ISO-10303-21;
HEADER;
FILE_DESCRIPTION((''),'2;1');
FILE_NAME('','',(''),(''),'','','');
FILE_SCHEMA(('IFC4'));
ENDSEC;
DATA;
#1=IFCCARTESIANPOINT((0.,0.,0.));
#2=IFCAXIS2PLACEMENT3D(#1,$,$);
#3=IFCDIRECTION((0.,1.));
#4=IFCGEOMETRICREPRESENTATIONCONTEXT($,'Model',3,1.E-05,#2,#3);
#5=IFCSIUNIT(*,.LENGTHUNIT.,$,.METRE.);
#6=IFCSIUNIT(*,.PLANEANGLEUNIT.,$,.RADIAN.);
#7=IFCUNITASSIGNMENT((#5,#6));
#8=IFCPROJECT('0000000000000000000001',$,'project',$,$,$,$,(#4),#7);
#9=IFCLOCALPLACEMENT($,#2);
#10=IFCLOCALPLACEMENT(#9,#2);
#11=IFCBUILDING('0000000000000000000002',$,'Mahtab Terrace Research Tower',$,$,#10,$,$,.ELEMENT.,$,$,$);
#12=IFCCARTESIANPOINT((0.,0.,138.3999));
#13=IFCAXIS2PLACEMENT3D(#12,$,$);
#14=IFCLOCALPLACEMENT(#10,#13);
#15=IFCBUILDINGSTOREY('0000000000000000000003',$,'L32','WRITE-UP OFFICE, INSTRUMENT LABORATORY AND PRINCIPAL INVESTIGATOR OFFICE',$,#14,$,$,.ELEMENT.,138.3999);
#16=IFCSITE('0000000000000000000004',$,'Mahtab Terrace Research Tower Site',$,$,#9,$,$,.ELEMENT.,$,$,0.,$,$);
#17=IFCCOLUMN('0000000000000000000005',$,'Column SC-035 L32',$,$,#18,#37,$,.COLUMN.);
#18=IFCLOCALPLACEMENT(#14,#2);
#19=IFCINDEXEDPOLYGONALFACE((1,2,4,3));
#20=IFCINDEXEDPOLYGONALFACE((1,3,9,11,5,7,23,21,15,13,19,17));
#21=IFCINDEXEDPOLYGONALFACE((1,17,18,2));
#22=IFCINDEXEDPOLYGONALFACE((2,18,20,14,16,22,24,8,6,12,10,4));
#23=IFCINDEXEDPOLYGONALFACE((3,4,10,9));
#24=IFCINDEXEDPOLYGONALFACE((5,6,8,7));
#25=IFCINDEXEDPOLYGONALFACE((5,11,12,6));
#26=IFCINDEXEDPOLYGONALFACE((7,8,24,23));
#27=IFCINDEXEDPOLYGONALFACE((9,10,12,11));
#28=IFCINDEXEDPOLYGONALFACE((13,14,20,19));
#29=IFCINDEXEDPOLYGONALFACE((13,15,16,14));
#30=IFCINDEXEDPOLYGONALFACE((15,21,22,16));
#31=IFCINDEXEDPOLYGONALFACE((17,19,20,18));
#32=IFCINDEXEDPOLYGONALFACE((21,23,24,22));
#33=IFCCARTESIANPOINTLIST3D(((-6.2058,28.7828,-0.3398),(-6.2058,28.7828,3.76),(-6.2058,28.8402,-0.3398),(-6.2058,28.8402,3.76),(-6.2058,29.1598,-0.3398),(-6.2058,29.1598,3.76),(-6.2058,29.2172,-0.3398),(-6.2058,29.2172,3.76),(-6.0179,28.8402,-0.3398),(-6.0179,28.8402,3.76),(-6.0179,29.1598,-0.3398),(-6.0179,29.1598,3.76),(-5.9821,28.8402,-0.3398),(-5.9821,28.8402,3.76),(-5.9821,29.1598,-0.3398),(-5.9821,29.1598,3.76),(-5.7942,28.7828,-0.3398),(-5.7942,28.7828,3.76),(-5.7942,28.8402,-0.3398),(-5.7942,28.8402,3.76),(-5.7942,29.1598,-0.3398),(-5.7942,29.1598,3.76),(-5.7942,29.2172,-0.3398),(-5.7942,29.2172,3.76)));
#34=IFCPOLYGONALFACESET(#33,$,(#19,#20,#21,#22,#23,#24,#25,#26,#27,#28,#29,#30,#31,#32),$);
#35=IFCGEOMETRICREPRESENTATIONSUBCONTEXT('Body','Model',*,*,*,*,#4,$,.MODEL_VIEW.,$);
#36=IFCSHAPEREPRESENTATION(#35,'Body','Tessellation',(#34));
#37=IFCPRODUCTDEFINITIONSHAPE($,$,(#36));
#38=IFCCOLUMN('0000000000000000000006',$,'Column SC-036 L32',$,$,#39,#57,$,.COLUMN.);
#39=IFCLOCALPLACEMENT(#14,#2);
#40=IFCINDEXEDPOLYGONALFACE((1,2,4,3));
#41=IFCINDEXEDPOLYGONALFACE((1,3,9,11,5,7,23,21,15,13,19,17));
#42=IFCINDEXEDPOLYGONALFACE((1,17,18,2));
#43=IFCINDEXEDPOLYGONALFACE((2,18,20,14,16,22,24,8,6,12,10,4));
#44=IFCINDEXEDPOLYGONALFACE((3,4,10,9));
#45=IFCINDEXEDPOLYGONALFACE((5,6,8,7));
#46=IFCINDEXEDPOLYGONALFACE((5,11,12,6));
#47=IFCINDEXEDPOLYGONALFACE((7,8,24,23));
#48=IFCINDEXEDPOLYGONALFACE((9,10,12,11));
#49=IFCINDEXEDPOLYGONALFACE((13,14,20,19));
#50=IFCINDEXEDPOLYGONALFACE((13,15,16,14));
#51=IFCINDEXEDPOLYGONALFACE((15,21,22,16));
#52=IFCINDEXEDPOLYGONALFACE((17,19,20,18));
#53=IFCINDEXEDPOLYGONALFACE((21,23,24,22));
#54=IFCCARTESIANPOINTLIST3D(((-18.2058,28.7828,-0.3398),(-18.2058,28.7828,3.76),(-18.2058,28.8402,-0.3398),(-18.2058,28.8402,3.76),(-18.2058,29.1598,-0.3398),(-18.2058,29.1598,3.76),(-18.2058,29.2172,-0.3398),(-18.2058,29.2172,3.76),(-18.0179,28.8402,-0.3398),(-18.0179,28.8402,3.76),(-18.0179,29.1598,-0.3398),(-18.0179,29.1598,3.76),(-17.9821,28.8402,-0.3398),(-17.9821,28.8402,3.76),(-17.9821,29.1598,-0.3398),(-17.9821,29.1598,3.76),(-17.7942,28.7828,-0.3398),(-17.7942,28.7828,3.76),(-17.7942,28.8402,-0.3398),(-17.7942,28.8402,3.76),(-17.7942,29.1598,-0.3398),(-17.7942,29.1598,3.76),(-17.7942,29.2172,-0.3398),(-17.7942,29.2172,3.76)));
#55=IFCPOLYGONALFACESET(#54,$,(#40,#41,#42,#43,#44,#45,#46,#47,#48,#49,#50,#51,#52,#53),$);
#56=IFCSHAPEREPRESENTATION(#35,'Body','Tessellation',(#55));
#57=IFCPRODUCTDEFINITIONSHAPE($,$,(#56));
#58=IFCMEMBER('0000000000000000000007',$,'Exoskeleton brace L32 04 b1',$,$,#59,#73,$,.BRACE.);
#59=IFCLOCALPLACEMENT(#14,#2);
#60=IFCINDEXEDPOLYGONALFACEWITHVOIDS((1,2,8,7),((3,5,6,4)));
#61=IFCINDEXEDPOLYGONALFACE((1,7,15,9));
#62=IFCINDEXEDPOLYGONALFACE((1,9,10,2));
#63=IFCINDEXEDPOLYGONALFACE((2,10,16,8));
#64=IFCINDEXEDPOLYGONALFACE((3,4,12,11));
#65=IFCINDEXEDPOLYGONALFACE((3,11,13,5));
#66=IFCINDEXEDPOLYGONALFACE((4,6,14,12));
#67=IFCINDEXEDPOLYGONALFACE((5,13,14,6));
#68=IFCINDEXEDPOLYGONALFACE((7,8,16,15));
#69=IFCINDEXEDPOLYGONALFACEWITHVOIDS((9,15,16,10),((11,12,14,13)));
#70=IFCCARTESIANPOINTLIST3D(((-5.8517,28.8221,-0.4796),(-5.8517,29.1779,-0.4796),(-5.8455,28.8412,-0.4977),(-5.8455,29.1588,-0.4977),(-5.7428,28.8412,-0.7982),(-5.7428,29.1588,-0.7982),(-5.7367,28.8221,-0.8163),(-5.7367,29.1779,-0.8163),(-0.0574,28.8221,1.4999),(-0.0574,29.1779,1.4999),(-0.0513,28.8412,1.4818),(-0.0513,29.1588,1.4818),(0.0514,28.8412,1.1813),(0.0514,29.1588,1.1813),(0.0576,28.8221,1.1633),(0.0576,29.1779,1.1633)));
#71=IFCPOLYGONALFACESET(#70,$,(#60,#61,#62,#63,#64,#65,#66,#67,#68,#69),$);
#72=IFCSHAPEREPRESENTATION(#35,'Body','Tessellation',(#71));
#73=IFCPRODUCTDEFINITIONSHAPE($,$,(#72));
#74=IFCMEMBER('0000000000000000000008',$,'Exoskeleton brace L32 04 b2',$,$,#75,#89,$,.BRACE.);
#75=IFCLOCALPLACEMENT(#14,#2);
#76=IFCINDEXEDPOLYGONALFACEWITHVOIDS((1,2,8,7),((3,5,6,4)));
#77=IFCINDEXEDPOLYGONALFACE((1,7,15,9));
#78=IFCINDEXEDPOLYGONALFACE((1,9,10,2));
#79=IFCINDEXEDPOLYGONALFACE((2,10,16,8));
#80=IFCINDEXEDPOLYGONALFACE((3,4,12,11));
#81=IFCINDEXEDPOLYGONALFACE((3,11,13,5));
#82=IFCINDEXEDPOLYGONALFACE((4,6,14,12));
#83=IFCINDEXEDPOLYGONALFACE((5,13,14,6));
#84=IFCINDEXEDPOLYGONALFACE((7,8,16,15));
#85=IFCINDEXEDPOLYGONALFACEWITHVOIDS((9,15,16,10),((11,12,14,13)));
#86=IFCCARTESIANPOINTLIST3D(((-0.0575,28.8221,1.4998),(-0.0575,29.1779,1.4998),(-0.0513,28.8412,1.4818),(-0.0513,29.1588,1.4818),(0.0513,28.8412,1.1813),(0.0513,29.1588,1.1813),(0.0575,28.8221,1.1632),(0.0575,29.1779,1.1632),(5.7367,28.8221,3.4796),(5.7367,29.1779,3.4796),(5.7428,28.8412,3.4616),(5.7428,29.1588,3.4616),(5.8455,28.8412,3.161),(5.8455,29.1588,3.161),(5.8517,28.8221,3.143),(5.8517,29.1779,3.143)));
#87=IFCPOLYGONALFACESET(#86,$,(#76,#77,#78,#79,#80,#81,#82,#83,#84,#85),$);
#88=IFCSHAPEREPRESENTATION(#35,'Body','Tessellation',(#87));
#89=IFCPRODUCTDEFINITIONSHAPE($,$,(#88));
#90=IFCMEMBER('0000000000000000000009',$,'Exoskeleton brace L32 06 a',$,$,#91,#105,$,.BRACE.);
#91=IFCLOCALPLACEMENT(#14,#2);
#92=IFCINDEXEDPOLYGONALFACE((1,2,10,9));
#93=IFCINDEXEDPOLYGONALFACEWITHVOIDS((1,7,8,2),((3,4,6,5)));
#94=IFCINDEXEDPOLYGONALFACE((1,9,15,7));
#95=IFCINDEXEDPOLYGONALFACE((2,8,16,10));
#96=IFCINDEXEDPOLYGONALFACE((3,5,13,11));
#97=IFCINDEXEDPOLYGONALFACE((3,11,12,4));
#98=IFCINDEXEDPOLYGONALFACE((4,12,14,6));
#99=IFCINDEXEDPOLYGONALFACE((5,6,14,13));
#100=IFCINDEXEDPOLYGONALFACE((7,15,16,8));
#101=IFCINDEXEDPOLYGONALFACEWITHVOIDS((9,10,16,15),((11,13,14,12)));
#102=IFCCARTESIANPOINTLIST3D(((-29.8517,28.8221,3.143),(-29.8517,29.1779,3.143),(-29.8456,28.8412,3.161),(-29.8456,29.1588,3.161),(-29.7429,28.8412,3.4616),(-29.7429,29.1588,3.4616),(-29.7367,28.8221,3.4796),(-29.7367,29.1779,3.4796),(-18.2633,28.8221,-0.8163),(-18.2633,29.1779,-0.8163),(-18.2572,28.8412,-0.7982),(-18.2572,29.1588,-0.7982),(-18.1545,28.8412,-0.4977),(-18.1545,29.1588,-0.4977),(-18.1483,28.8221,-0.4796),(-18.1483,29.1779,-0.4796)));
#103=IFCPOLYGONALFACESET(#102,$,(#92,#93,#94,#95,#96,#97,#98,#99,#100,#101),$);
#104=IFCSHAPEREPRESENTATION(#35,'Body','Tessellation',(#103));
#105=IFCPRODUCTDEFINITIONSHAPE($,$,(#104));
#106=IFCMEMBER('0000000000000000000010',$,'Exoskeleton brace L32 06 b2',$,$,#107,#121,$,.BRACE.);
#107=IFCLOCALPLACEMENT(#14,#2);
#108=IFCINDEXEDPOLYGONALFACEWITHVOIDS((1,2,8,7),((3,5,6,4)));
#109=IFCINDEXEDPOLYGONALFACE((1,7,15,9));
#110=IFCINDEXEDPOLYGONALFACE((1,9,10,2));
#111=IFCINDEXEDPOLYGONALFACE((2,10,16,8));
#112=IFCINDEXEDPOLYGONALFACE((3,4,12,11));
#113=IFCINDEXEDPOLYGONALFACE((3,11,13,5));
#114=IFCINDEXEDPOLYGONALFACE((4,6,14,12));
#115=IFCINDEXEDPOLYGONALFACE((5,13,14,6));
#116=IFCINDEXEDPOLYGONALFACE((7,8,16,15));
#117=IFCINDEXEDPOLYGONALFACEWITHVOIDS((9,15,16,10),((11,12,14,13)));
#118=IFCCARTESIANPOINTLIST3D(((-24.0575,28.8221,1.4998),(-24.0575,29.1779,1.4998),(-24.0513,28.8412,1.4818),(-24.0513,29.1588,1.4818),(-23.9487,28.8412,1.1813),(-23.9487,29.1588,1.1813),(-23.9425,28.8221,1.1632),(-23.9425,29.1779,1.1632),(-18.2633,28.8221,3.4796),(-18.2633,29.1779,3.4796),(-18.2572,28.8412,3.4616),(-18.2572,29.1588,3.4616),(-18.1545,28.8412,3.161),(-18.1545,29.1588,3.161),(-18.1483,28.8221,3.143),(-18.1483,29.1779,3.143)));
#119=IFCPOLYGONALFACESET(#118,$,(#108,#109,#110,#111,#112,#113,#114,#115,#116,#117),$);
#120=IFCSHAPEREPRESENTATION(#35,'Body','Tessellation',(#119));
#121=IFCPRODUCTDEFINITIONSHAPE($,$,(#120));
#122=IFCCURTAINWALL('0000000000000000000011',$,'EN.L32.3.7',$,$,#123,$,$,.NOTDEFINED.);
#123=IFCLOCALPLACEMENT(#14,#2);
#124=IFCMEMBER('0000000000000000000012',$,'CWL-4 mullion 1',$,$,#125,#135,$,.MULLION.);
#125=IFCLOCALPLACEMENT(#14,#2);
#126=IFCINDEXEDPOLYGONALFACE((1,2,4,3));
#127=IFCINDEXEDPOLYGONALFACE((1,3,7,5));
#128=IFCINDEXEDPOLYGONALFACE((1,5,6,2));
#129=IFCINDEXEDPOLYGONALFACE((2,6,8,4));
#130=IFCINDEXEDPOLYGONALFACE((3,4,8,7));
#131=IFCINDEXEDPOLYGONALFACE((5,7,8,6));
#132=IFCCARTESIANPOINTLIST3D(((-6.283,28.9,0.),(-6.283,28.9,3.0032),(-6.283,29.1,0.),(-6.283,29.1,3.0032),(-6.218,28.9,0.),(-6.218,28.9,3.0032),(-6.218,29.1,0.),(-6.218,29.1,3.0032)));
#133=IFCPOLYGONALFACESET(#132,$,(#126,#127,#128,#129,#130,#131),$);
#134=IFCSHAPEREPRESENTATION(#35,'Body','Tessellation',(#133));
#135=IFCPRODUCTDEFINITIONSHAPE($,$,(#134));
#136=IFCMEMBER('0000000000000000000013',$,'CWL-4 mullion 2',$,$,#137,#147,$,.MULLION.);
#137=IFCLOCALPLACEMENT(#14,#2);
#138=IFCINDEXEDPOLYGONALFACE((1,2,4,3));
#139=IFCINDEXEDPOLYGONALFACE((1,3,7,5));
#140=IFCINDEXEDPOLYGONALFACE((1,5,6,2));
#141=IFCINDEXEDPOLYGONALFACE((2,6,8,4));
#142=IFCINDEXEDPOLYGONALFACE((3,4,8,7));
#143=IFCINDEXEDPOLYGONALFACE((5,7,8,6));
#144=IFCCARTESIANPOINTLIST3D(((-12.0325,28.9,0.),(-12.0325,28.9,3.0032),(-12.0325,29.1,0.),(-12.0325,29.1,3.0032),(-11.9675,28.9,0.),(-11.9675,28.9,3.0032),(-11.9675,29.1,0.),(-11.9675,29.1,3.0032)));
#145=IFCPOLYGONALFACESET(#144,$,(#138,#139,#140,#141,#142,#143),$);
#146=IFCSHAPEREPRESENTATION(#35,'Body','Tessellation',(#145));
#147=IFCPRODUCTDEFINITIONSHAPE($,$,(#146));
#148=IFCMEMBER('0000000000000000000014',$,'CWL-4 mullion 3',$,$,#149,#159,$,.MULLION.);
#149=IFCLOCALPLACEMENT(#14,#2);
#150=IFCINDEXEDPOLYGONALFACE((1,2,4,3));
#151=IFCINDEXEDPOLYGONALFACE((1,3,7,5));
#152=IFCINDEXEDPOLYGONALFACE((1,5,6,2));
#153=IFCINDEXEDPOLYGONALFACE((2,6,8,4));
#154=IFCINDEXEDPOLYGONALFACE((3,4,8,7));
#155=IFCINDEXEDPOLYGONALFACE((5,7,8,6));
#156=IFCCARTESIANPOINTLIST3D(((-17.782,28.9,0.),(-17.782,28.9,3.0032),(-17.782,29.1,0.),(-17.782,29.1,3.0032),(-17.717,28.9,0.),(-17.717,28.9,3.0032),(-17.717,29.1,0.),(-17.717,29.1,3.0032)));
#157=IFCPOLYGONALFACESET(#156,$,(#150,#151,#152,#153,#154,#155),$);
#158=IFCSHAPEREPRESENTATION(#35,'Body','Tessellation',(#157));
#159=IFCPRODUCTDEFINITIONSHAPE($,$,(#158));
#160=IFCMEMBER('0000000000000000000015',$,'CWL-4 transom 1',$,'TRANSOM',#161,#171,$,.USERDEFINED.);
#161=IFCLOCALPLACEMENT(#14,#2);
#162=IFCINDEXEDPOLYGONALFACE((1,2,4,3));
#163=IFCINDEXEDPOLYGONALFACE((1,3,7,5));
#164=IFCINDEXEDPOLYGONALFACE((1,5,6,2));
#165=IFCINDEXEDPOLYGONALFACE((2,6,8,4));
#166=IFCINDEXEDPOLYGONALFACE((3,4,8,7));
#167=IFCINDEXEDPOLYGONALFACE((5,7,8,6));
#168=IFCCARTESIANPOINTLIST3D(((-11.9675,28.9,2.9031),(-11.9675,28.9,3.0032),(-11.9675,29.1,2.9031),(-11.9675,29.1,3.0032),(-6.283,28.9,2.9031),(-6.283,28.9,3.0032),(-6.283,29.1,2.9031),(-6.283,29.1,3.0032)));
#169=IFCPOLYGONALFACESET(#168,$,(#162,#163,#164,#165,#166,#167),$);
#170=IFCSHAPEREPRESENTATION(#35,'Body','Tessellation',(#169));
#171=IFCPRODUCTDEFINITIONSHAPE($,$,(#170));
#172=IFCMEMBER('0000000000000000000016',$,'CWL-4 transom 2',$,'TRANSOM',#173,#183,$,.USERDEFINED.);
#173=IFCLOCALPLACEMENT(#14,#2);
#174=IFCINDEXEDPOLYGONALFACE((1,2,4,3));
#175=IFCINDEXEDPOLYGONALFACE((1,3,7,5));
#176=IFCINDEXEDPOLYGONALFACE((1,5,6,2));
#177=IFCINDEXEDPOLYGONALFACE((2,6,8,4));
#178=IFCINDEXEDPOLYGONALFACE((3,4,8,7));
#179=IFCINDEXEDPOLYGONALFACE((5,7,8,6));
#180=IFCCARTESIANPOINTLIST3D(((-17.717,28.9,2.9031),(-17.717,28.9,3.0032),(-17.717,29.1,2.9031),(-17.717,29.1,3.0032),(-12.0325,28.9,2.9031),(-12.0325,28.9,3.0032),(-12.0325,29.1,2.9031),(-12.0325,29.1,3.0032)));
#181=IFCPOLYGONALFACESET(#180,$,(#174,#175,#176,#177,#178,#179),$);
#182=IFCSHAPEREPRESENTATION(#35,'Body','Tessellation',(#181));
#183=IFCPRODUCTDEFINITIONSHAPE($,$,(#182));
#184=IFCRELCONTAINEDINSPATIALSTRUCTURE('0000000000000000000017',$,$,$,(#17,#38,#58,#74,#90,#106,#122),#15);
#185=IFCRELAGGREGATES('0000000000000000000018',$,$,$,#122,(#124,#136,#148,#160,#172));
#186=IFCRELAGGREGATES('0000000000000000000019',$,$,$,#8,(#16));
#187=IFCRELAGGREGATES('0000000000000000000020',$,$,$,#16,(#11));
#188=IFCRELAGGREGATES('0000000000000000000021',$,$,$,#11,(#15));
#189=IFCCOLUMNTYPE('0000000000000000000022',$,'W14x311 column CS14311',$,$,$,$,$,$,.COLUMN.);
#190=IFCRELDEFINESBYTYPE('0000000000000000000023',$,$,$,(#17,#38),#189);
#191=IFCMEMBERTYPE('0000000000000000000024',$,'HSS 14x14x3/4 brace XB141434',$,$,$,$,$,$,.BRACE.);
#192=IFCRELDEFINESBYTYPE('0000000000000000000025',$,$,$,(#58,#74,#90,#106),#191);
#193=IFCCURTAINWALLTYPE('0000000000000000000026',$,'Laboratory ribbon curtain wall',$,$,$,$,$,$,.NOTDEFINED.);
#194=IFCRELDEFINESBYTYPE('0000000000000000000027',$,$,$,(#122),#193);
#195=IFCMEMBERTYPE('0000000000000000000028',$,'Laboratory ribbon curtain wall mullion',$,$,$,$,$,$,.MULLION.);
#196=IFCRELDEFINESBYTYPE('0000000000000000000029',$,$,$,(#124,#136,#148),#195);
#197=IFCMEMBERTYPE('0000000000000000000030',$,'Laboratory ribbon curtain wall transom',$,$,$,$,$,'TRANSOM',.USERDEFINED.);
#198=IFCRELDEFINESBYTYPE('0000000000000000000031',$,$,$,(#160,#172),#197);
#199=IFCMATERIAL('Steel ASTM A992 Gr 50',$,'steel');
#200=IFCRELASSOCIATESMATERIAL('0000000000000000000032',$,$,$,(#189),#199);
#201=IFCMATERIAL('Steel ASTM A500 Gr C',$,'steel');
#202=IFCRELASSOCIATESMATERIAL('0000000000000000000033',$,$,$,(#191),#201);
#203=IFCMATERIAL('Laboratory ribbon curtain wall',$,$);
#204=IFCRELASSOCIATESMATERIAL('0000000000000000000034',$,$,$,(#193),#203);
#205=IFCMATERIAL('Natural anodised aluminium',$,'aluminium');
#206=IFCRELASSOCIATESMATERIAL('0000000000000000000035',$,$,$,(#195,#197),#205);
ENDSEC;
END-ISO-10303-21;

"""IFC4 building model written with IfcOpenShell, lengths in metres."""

from ifc_helpers import new_model, si_unit, direction, frame, origin, origin_2d, place, context, subcontext, project, spatial, rectangle, hollow_rectangle, i_section, extrude, material, material_profile, profile_set, type_object, element, aggregate, save


model = new_model("IFC4")

# Units and contexts
model_context = context("Model", 3, precision=1e-05, world=origin(), true_north=direction((0.0, 1.0)))
body_context = subcontext(model_context, "Body", "Model", "MODEL_VIEW")
ifc_project = project(units=[si_unit("LENGTHUNIT", "METRE"), si_unit("PLANEANGLEUNIT", "RADIAN")], contexts=[model_context])

# Site, building, storey
site_placement = place(None, origin())
site = spatial("IfcSite", under=ifc_project, at=site_placement, Name="Mahtab Terrace Research Tower Site", CompositionType="ELEMENT", RefElevation=0.0)
building_placement = place(site_placement, origin())
building = spatial("IfcBuilding", under=site, at=building_placement, Name="Mahtab Terrace Research Tower", CompositionType="ELEMENT")
storey_placement = place(building_placement, frame((0.0, 0.0, 138.3999)))
storey = spatial("IfcBuildingStorey", under=building, at=storey_placement, Name="L32", Description="WRITE-UP OFFICE, INSTRUMENT LABORATORY AND PRINCIPAL INVESTIGATOR OFFICE", CompositionType="ELEMENT", Elevation=138.3999)

# Columns
ifc_material_1 = material(Name="Steel ASTM A992 Gr 50", Category="steel")
ifc_material_profile_1 = material_profile(ifc_material_1, i_section(OverallWidth=0.4116, OverallDepth=0.4343, WebThickness=0.0359, FlangeThickness=0.0574, at=origin_2d()), Name="W14X311")
ifc_profile_set_1 = profile_set([ifc_material_profile_1], Name="Steel ASTM A992 Gr 50")
column_type = type_object("IfcColumnType", Name="W14x311 column CS14311", PredefinedType="COLUMN", material=ifc_profile_set_1)
for number, where, z_axis, x_axis, name in (
    (1, (-6.0, 29.0, -0.3398), (0.0, 0.0, 1.0), (1.0, 0.0, 0.0), "Column SC-035 L32"),
    (2, (-18.0, 29.0, -0.3398), (0.0, 0.0, 1.0), (1.0, 0.0, 0.0), "Column SC-036 L32"),
):
    element("IfcColumn", number, at=place(storey_placement, frame(where, z_axis=z_axis, x_axis=x_axis)), inside=storey, type_object=column_type, Name=name, PredefinedType="COLUMN", context=body_context, shape_type="SweptSolid", body=[
        extrude(i_section(OverallWidth=0.4116, OverallDepth=0.4343, WebThickness=0.0359, FlangeThickness=0.0574, at=origin_2d()), origin(), (0.0, 0.0, 1.0), 4.0999),
    ])

# Members
ifc_material_2 = material(Name="Steel ASTM A500 Gr C", Category="steel")
ifc_material_profile_2 = material_profile(ifc_material_2, hollow_rectangle(XDim=0.3557, YDim=0.3557, WallThickness=0.019, at=origin_2d()), Name="HSS14X14X3/4")
ifc_profile_set_2 = profile_set([ifc_material_profile_2], Name="Steel ASTM A500 Gr C")
member_type_1 = type_object("IfcMemberType", Name="HSS 14x14x3/4 brace XB141434", PredefinedType="BRACE", material=ifc_profile_set_2)
for number, where, z_axis, x_axis, name in (
    (3, (-5.7942, 29.0, -0.6479), (0.9463, 0.0, 0.323288), (0.0, 1.0, 0.0), "Exoskeleton brace L32 04 b1"),
    (4, (0.0, 29.0, 1.3315), (0.946288, 0.0, 0.323324), (0.0, 1.0, 0.0), "Exoskeleton brace L32 04 b2"),
):
    element("IfcMember", number, at=place(storey_placement, frame(where, z_axis=z_axis, x_axis=x_axis)), inside=storey, type_object=member_type_1, Name=name, PredefinedType="BRACE", context=body_context, shape_type="SweptSolid", body=[
        extrude(hollow_rectangle(XDim=0.3557, YDim=0.3557, WallThickness=0.019, at=origin_2d()), origin(), (0.0, 0.0, 1.0), 6.123),
    ])
member_1_placement = place(storey_placement, frame((-18.2058, 29.0, -0.6479), z_axis=(-0.946294, 0.0, 0.323306), x_axis=(0.0, -1.0, 0.0)))
element("IfcMember", 5, at=member_1_placement, inside=storey, type_object=member_type_1, Name="Exoskeleton brace L32 06 a", PredefinedType="BRACE", context=body_context, shape_type="SweptSolid", body=[
    extrude(hollow_rectangle(XDim=0.3557, YDim=0.3557, WallThickness=0.019, at=origin_2d()), origin(), (0.0, 0.0, 1.0), 12.2461),
])
member_2_placement = place(storey_placement, frame((-24.0, 29.0, 1.3315), z_axis=(0.946288, 0.0, 0.323324), x_axis=(0.0, 1.0, 0.0)))
element("IfcMember", 6, at=member_2_placement, inside=storey, type_object=member_type_1, Name="Exoskeleton brace L32 06 b2", PredefinedType="BRACE", context=body_context, shape_type="SweptSolid", body=[
    extrude(hollow_rectangle(XDim=0.3557, YDim=0.3557, WallThickness=0.019, at=origin_2d()), origin(), (0.0, 0.0, 1.0), 6.123),
])

# Curtain wall, members
ifc_material_3 = material(Name="Laboratory ribbon curtain wall")
curtain_wall_type = type_object("IfcCurtainWallType", Name="Laboratory ribbon curtain wall", PredefinedType="NOTDEFINED", material=ifc_material_3)
curtain_wall_placement = place(storey_placement, origin())
curtain_wall = element("IfcCurtainWall", 7, at=curtain_wall_placement, inside=storey, type_object=curtain_wall_type, Name="EN.L32.3.7", PredefinedType="NOTDEFINED")
ifc_material_4 = material(Name="Natural anodised aluminium", Category="aluminium")
ifc_material_profile_3 = material_profile(ifc_material_4, rectangle(XDim=0.2, YDim=0.0649, at=origin_2d()), Name="MULLION 65x200")
ifc_profile_set_3 = profile_set([ifc_material_profile_3], Name="Natural anodised aluminium")
member_type_2 = type_object("IfcMemberType", Name="Laboratory ribbon curtain wall mullion", PredefinedType="MULLION", material=ifc_profile_set_3)
member_3_placement = place(storey_placement, frame((-6.2505, 29.0, 0.0), z_axis=(0.0, 0.0, 1.0), x_axis=(0.0, -1.0, 0.0)))
member_3 = element("IfcMember", 8, at=member_3_placement, type_object=member_type_2, Name="CWL-4 mullion 1", PredefinedType="MULLION", context=body_context, shape_type="SweptSolid", body=[
    extrude(rectangle(XDim=0.2, YDim=0.0649, at=origin_2d()), origin(), (0.0, 0.0, 1.0), 3.0032),
])
member_4_placement = place(storey_placement, frame((-12.0, 29.0, 0.0), z_axis=(0.0, 0.0, 1.0), x_axis=(0.0, -1.0, 0.0)))
member_4 = element("IfcMember", 9, at=member_4_placement, type_object=member_type_2, Name="CWL-4 mullion 2", PredefinedType="MULLION", context=body_context, shape_type="SweptSolid", body=[
    extrude(rectangle(XDim=0.2, YDim=0.0649, at=origin_2d()), origin(), (0.0, 0.0, 1.0), 3.0032),
])
member_5_placement = place(storey_placement, frame((-17.7495, 29.0, 0.0), z_axis=(0.0, 0.0, 1.0), x_axis=(0.0, -1.0, 0.0)))
member_5 = element("IfcMember", 10, at=member_5_placement, type_object=member_type_2, Name="CWL-4 mullion 3", PredefinedType="MULLION", context=body_context, shape_type="SweptSolid", body=[
    extrude(rectangle(XDim=0.2, YDim=0.0649, at=origin_2d()), origin(), (0.0, 0.0, 1.0), 3.0032),
])
ifc_material_profile_4 = material_profile(ifc_material_4, rectangle(XDim=0.2, YDim=0.1001, at=origin_2d()), Name="TRANSOM 100x200")
ifc_profile_set_4 = profile_set([ifc_material_profile_4], Name="Natural anodised aluminium")
member_type_3 = type_object("IfcMemberType", Name="Laboratory ribbon curtain wall transom", ElementType="TRANSOM", PredefinedType="USERDEFINED", material=ifc_profile_set_4)
member_6_placement = place(storey_placement, frame((-6.283, 29.0, 2.9531), z_axis=(-1.0, 0.0, 0.0), x_axis=(0.0, -1.0, 0.0)))
member_6 = element("IfcMember", 11, at=member_6_placement, type_object=member_type_3, Name="CWL-4 transom 1", ObjectType="TRANSOM", PredefinedType="USERDEFINED", context=body_context, shape_type="SweptSolid", body=[
    extrude(rectangle(XDim=0.2, YDim=0.1001, at=origin_2d()), origin(), (0.0, 0.0, 1.0), 5.6846),
])
member_7_placement = place(storey_placement, frame((-12.0325, 29.0, 2.9531), z_axis=(-1.0, 0.0, 0.0), x_axis=(0.0, -1.0, 0.0)))
member_7 = element("IfcMember", 12, at=member_7_placement, type_object=member_type_3, Name="CWL-4 transom 2", ObjectType="TRANSOM", PredefinedType="USERDEFINED", context=body_context, shape_type="SweptSolid", body=[
    extrude(rectangle(XDim=0.2, YDim=0.1001, at=origin_2d()), origin(), (0.0, 0.0, 1.0), 5.6846),
])

aggregate(curtain_wall, [member_3, member_4, member_5, member_6, member_7])

save(model, "model.ifc")
